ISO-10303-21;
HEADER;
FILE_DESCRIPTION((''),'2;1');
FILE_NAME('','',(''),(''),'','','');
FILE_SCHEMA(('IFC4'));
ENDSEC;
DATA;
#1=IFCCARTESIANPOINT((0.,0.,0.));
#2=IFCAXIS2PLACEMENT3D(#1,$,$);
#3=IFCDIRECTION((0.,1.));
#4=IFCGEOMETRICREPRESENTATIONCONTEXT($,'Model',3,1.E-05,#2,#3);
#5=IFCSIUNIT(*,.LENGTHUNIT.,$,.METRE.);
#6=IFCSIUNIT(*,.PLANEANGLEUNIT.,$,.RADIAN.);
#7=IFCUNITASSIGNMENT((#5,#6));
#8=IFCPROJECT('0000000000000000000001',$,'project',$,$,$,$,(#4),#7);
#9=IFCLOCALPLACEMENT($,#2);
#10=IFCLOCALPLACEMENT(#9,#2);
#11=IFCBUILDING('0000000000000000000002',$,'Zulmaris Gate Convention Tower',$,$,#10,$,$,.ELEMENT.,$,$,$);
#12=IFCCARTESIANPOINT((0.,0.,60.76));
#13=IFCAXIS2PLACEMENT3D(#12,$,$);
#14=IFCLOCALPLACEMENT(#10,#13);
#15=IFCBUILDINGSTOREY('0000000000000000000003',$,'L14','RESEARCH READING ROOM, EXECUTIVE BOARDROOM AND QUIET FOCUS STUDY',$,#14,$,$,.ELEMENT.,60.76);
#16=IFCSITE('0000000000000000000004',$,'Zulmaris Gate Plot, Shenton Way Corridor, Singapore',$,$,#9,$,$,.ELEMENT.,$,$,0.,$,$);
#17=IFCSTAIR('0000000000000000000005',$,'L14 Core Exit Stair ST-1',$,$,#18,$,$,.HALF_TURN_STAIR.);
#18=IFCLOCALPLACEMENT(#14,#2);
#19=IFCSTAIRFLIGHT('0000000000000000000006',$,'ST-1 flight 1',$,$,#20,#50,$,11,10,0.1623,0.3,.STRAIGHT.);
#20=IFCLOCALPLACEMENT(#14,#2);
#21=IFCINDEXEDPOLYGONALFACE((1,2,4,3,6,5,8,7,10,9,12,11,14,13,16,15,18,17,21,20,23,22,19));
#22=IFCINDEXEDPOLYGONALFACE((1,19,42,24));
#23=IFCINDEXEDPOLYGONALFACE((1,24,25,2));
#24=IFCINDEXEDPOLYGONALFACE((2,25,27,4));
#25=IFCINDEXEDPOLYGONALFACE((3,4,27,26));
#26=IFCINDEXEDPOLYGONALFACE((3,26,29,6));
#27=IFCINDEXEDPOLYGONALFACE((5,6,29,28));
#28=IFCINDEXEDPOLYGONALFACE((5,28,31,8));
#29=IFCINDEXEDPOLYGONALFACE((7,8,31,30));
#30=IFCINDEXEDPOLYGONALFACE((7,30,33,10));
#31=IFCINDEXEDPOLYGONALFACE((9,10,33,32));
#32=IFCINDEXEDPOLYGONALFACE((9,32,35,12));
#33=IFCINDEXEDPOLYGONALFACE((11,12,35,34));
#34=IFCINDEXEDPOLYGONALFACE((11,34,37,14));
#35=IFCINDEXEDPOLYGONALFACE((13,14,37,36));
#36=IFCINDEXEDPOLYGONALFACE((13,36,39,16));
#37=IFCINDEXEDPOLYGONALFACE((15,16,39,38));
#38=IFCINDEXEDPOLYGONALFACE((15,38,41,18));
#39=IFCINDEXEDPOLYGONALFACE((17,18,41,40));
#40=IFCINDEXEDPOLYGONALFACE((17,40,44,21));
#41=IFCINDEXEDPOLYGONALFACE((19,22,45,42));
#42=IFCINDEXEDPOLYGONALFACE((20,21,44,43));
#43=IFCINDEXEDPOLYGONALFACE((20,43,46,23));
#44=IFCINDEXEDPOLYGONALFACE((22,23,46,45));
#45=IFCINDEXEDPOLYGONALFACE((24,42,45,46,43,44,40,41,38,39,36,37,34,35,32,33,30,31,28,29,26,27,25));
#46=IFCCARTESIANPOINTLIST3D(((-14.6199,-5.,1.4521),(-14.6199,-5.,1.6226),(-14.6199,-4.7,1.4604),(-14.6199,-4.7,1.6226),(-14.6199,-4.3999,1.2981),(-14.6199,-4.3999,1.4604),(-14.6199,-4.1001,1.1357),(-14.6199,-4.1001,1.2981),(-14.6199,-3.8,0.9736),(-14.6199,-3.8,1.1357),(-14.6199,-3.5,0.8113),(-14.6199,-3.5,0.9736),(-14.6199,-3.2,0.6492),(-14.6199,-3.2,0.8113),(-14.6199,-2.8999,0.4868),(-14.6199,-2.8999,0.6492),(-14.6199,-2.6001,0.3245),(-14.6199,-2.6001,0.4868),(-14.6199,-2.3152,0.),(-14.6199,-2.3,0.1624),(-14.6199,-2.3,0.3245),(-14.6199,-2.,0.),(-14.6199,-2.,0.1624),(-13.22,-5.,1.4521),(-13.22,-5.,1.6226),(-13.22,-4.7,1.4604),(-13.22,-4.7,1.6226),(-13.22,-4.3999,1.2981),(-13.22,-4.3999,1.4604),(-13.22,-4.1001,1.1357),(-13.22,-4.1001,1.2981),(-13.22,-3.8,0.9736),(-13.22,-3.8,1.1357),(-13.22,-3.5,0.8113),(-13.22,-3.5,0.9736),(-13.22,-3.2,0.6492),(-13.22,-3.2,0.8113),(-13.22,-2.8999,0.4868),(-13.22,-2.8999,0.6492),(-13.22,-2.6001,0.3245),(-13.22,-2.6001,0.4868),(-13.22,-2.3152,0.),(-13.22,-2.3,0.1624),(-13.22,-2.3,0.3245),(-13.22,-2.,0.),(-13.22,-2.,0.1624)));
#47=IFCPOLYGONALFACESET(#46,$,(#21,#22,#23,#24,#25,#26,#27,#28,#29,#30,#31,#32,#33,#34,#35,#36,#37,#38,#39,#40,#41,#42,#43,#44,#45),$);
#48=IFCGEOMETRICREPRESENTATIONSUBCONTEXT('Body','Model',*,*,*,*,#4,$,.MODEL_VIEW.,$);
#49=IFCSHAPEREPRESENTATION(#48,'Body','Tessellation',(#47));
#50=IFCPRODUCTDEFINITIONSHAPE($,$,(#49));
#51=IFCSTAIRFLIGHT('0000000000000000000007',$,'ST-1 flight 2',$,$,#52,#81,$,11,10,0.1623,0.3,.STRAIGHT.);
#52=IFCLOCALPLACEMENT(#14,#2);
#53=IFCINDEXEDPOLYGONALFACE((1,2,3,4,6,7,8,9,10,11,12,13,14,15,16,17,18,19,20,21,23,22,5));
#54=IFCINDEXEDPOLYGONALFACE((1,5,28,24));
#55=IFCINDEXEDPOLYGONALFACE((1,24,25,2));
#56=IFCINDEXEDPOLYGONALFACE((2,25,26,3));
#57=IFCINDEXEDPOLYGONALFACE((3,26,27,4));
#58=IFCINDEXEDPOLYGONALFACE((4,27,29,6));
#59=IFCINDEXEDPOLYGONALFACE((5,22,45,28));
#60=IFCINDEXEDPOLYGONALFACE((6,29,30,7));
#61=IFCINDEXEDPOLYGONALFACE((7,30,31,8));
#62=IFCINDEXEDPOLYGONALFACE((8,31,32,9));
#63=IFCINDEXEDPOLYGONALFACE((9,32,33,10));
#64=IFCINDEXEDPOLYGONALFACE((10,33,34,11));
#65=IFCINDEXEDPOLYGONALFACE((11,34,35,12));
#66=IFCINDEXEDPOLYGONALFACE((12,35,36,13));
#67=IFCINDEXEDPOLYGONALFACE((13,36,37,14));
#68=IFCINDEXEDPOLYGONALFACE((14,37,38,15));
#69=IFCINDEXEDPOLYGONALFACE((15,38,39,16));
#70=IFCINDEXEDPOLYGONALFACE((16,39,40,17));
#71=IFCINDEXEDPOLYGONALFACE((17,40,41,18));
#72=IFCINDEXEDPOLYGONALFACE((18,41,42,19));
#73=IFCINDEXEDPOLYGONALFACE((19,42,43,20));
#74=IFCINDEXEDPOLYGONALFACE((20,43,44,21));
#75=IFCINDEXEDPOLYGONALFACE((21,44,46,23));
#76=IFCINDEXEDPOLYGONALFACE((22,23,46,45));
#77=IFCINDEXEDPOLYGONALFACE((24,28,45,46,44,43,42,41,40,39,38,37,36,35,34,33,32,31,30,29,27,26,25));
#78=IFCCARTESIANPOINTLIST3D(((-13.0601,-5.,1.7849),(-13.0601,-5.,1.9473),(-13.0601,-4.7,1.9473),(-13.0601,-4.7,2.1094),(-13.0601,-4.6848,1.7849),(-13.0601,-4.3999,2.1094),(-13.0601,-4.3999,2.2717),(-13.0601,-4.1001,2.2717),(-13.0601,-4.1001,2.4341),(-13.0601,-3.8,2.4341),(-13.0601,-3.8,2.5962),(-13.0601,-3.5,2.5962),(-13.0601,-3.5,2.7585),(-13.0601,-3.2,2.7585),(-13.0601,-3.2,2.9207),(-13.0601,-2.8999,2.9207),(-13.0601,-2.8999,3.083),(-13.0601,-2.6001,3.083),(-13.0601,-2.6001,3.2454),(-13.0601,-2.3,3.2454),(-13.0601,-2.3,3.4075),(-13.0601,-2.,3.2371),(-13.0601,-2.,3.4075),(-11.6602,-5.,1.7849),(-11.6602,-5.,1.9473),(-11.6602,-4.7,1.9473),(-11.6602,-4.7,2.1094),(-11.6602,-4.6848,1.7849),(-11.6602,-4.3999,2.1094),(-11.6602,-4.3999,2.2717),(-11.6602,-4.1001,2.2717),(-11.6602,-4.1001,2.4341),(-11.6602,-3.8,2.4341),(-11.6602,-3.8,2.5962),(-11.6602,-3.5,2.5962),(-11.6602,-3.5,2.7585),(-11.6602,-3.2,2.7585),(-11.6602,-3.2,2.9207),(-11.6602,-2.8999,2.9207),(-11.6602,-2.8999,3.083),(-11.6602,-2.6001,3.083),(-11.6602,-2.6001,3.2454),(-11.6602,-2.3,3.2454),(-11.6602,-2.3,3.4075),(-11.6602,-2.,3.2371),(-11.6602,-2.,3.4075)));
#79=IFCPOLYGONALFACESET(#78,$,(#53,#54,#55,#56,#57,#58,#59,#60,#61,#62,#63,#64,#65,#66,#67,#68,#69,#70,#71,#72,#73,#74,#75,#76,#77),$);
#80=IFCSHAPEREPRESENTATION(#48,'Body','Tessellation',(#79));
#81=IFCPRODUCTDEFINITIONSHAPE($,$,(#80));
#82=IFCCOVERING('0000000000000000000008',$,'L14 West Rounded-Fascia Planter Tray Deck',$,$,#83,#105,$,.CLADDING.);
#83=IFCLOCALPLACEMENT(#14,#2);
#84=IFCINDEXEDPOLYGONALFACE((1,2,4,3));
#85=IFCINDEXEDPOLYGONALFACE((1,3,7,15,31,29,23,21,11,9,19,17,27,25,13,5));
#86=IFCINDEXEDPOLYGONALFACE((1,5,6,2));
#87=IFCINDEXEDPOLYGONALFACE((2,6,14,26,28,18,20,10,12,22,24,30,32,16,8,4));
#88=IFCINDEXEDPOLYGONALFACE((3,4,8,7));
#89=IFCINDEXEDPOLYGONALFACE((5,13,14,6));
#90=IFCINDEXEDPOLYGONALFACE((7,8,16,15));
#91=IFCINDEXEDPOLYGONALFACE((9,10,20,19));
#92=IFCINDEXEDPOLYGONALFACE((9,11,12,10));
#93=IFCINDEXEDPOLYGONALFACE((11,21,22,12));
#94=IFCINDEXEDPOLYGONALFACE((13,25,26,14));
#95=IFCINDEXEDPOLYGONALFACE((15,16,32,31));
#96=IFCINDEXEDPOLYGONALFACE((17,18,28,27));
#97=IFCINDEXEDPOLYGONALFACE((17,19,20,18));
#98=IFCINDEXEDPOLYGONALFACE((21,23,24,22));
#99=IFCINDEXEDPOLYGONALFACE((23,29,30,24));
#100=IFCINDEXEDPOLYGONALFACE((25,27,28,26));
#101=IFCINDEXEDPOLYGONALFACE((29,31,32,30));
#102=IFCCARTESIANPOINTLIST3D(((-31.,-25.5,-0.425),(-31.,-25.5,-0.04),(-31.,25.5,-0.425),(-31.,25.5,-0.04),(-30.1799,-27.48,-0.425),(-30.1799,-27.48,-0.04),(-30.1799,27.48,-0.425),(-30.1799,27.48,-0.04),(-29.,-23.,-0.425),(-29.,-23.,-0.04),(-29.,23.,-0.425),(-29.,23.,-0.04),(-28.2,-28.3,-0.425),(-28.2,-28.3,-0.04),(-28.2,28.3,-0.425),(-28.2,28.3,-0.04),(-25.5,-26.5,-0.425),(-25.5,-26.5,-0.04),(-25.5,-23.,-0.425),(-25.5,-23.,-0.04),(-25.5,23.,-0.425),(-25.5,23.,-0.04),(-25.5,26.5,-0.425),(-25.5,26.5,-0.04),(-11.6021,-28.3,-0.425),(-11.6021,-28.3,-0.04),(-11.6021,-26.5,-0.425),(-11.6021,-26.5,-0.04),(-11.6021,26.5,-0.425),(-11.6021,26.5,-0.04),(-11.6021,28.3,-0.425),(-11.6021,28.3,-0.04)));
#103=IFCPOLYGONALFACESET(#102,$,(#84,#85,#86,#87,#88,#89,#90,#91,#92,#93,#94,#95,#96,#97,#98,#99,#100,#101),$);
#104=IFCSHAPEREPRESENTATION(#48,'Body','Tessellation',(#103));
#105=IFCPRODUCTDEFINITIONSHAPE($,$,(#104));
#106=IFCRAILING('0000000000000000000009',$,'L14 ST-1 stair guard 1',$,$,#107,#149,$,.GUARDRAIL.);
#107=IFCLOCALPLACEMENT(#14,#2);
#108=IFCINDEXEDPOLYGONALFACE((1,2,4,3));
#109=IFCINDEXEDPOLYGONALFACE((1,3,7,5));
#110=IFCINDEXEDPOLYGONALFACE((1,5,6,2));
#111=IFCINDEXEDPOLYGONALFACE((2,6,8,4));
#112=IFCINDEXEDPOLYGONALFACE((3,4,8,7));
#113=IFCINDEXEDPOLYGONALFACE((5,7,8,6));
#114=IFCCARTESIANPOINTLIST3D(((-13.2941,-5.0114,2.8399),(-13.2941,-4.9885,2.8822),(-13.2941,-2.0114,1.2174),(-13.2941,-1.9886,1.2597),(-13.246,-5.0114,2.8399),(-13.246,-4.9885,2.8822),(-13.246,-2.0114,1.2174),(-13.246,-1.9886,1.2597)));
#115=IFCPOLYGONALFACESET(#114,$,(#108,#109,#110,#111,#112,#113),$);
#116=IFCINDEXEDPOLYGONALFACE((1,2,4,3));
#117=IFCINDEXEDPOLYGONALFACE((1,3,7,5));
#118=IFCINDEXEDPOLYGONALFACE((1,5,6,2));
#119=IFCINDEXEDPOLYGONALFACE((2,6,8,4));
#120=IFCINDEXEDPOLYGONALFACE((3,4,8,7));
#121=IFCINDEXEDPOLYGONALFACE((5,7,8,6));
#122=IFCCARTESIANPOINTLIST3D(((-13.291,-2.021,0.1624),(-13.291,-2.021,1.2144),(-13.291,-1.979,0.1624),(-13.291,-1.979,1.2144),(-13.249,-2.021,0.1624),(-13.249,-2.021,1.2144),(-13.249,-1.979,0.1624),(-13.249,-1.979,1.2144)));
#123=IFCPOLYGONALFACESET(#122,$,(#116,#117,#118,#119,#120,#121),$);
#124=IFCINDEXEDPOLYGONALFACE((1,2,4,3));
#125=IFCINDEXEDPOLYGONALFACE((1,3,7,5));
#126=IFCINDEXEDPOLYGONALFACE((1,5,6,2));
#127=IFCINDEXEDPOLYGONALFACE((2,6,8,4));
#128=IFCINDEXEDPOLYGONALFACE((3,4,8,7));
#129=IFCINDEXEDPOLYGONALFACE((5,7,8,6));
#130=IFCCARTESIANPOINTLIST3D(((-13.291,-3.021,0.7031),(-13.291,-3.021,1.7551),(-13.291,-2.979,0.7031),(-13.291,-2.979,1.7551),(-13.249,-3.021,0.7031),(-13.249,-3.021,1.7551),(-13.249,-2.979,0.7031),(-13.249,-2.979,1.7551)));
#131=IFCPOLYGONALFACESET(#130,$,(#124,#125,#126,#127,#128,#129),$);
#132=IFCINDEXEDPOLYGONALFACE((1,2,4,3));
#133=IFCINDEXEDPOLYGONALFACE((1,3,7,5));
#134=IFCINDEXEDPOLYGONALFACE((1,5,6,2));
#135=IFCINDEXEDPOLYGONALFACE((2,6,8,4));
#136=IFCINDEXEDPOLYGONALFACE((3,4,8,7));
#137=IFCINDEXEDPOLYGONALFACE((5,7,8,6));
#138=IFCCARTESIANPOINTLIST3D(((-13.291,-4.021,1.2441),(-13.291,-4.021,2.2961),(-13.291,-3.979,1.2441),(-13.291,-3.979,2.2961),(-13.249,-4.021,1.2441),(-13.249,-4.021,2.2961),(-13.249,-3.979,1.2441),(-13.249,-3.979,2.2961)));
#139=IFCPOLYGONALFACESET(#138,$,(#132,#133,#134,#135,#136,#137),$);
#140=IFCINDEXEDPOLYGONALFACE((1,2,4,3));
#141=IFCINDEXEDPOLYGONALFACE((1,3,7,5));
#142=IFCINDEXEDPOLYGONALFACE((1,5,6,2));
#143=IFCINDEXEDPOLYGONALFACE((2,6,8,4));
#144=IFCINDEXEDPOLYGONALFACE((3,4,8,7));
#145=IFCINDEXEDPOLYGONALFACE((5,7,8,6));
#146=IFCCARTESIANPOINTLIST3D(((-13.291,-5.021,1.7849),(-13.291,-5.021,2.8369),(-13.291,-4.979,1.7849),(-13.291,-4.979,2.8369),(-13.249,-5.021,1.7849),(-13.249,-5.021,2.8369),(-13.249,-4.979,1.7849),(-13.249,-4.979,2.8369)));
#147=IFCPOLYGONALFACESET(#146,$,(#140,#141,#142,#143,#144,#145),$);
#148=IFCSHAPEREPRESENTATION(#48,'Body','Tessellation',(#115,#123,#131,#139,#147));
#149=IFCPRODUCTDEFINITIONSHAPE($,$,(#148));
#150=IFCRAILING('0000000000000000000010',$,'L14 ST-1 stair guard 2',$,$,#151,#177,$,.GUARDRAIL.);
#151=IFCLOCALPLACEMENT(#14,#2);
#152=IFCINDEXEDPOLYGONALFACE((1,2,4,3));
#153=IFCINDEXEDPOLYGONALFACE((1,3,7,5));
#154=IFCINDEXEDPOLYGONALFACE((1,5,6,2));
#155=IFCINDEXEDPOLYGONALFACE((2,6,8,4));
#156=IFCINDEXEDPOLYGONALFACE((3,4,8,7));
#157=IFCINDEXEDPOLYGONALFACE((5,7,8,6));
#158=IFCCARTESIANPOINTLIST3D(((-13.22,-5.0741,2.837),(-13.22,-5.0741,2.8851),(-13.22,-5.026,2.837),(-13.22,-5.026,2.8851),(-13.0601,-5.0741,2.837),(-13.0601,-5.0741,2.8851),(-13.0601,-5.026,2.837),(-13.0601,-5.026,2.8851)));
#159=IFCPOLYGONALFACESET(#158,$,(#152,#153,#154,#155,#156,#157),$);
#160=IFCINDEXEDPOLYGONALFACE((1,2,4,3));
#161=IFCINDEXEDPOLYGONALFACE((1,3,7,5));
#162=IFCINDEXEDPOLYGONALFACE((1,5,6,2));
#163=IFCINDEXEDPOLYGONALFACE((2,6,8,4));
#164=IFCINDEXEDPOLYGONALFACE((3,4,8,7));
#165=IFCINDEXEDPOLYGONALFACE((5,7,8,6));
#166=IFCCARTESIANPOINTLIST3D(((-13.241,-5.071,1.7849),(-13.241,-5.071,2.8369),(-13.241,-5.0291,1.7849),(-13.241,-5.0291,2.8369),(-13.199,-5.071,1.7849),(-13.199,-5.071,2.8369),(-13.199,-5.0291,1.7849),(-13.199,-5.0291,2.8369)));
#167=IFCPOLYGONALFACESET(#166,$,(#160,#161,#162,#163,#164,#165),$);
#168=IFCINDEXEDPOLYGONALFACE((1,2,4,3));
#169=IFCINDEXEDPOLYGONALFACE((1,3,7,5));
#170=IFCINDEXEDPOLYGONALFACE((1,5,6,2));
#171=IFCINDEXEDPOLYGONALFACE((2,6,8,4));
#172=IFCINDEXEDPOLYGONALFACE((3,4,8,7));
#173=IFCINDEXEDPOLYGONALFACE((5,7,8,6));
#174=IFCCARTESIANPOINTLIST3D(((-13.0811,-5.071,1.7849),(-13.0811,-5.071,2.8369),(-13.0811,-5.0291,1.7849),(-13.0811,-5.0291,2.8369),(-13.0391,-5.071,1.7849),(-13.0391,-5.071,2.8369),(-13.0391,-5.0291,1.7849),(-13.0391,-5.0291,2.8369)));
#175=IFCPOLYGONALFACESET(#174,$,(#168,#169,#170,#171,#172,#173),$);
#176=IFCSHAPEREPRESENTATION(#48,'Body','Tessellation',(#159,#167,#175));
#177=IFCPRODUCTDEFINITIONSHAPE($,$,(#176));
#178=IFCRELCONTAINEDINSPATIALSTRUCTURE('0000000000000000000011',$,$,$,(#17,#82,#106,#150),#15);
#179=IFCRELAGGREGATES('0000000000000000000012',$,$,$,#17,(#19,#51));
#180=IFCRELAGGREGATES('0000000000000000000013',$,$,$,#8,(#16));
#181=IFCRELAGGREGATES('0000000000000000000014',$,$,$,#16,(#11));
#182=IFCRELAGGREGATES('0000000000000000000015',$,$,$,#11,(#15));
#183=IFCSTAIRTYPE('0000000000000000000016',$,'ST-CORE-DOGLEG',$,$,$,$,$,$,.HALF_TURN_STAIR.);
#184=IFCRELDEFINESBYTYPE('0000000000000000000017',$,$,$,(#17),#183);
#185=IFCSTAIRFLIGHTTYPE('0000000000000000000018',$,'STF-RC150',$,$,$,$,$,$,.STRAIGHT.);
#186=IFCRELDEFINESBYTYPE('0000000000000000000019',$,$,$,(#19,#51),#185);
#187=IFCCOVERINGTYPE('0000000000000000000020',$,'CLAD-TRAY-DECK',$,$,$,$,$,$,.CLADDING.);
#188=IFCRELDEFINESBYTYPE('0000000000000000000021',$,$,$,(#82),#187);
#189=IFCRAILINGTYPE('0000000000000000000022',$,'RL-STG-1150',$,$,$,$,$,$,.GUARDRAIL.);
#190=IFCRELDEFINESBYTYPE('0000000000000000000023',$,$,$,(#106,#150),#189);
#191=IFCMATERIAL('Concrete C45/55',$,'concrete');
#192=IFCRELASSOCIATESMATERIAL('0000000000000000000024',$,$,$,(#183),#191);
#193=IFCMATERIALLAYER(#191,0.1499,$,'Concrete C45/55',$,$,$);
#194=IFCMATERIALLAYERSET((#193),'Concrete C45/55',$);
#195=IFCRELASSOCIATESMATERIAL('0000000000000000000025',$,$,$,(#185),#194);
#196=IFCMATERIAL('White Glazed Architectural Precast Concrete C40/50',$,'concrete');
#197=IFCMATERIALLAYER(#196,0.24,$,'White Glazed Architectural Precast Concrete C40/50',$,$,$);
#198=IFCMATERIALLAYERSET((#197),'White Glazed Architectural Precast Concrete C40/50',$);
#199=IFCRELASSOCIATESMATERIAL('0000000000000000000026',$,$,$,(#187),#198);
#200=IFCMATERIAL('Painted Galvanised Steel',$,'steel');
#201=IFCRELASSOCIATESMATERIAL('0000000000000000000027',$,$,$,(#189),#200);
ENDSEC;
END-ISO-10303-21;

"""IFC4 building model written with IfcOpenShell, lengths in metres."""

from ifc_helpers import new_model, si_unit, direction, frame, origin, origin_2d, place, context, subcontext, project, spatial, polyline, rectangle, outline, extrude, material, layer, layer_set, type_object, element, aggregate, save


model = new_model("IFC4")

# Units and contexts
model_context = context("Model", 3, precision=1e-05, world=origin(), true_north=direction((0.0, 1.0)))
body_context = subcontext(model_context, "Body", "Model", "MODEL_VIEW")
ifc_project = project(units=[si_unit("LENGTHUNIT", "METRE"), si_unit("PLANEANGLEUNIT", "RADIAN")], contexts=[model_context])

# Site, building, storey
site_placement = place(None, origin())
site = spatial("IfcSite", under=ifc_project, at=site_placement, Name="Zulmaris Gate Plot, Shenton Way Corridor, Singapore", CompositionType="ELEMENT", RefElevation=0.0)
building_placement = place(site_placement, origin())
building = spatial("IfcBuilding", under=site, at=building_placement, Name="Zulmaris Gate Convention Tower", CompositionType="ELEMENT")
storey_placement = place(building_placement, frame((0.0, 0.0, 60.76)))
storey = spatial("IfcBuildingStorey", under=building, at=storey_placement, Name="L14", Description="RESEARCH READING ROOM, EXECUTIVE BOARDROOM AND QUIET FOCUS STUDY", CompositionType="ELEMENT", Elevation=60.76)

# Stair, stair flights
ifc_material_1 = material(Name="Concrete C45/55", Category="concrete")
stair_type = type_object("IfcStairType", Name="ST-CORE-DOGLEG", PredefinedType="HALF_TURN_STAIR", material=ifc_material_1)
stair_placement = place(storey_placement, origin())
stair = element("IfcStair", 1, at=stair_placement, inside=storey, type_object=stair_type, Name="L14 Core Exit Stair ST-1", PredefinedType="HALF_TURN_STAIR")
ifc_layer_1 = layer(ifc_material_1, 0.1499, Name="Concrete C45/55")
ifc_layer_set_1 = layer_set([ifc_layer_1], Name="Concrete C45/55")
stair_flight_type = type_object("IfcStairFlightType", Name="STF-RC150", PredefinedType="STRAIGHT", material=ifc_layer_set_1)
stair_flight_1_placement = place(storey_placement, frame((-13.9199, -2.0, 0.0), z_axis=(0.0, 0.0, 1.0), x_axis=(0.0, -1.0, 0.0)))
stair_flight_1 = element("IfcStairFlight", 2, at=stair_flight_1_placement, type_object=stair_flight_type, Name="ST-1 flight 1", NumberOfRisers=11, NumberOfTreads=10, PredefinedType="STRAIGHT", RiserHeight=0.1623, TreadLength=0.3, context=body_context, shape_type="SweptSolid", body=[
    extrude(outline(polyline([(0.0, 0.0), (0.0, 0.1624), (0.3, 0.1624), (0.3, 0.3245), (0.6001, 0.3245), (0.6001, 0.4868), (0.8999, 0.4868), (0.8999, 0.6492), (1.2, 0.6492), (1.2, 0.8113), (1.5, 0.8113), (1.5, 0.9736), (1.8, 0.9736), (1.8, 1.1357), (2.1001, 1.1357), (2.1001, 1.2981), (2.3999, 1.2981), (2.3999, 1.4604), (2.7, 1.4604), (2.7, 1.6226), (3.0, 1.6226), (3.0, 1.7849), (3.0, 1.4521), (0.3152, 0.0), (0.0, 0.0)])), frame((0.0, 0.7, 0.0), z_axis=(0.0, -1.0, 0.0), x_axis=(1.0, 0.0, 0.0)), (0.0, 0.0, 1.0), 1.3999),
])
stair_flight_2_placement = place(storey_placement, frame((-12.3601, -5.0, 1.7849), z_axis=(0.0, 0.0, 1.0), x_axis=(0.0, 1.0, 0.0)))
stair_flight_2 = element("IfcStairFlight", 3, at=stair_flight_2_placement, type_object=stair_flight_type, Name="ST-1 flight 2", NumberOfRisers=11, NumberOfTreads=10, PredefinedType="STRAIGHT", RiserHeight=0.1623, TreadLength=0.3, context=body_context, shape_type="SweptSolid", body=[
    extrude(outline(polyline([(0.0, 0.0), (0.0, 0.1624), (0.3, 0.1624), (0.3, 0.3245), (0.6001, 0.3245), (0.6001, 0.4868), (0.8999, 0.4868), (0.8999, 0.6492), (1.2, 0.6492), (1.2, 0.8113), (1.5, 0.8113), (1.5, 0.9736), (1.8, 0.9736), (1.8, 1.1357), (2.1001, 1.1357), (2.1001, 1.2981), (2.3999, 1.2981), (2.3999, 1.4604), (2.7, 1.4604), (2.7, 1.6226), (3.0, 1.6226), (3.0, 1.7849), (3.0, 1.4521), (0.3152, 0.0), (0.0, 0.0)])), frame((0.0, 0.7, 0.0), z_axis=(0.0, -1.0, 0.0), x_axis=(1.0, 0.0, 0.0)), (0.0, 0.0, 1.0), 1.3999),
])
aggregate(stair, [stair_flight_1, stair_flight_2])

# Covering
ifc_material_2 = material(Name="White Glazed Architectural Precast Concrete C40/50", Category="concrete")
ifc_layer_2 = layer(ifc_material_2, 0.24, Name="White Glazed Architectural Precast Concrete C40/50")
ifc_layer_set_2 = layer_set([ifc_layer_2], Name="White Glazed Architectural Precast Concrete C40/50")
covering_type = type_object("IfcCoveringType", Name="CLAD-TRAY-DECK", PredefinedType="CLADDING", material=ifc_layer_set_2)
covering_placement = place(storey_placement, frame((0.0, 0.0, -0.425)))
element("IfcCovering", 4, at=covering_placement, inside=storey, type_object=covering_type, Name="L14 West Rounded-Fascia Planter Tray Deck", PredefinedType="CLADDING", context=body_context, shape_type="SweptSolid", body=[
    extrude(outline(polyline([(-31.0, 25.5), (-30.1799, 27.48), (-28.2, 28.3), (-11.6021, 28.3), (-11.6021, 26.5), (-25.5, 26.5), (-25.5, 23.0), (-29.0, 23.0), (-29.0, -23.0), (-25.5, -23.0), (-25.5, -26.5), (-11.6021, -26.5), (-11.6021, -28.3), (-28.2, -28.3), (-30.1799, -27.48), (-31.0, -25.5), (-31.0, 25.5)])), origin(), (0.0, 0.0, 1.0), 0.385),
])

# Railings
ifc_material_3 = material(Name="Painted Galvanised Steel", Category="steel")
railing_type_1 = type_object("IfcRailingType", Name="RL-STG-1150", PredefinedType="GUARDRAIL", material=ifc_material_3)
railing_1_placement = place(storey_placement, frame((-13.27, -2.0, 0.1624)))
element("IfcRailing", 5, at=railing_1_placement, inside=storey, type_object=railing_type_1, Name="L14 ST-1 stair guard 1", PredefinedType="GUARDRAIL", context=body_context, shape_type="SweptSolid", body=[
    extrude(rectangle(XDim=0.0481, YDim=0.0481, at=origin_2d()), frame((0.0, 0.0, 1.0762), z_axis=(0.0, -0.879592, 0.47573), x_axis=(1.0, 0.0, 0.0)), (0.0, 0.0, 1.0), 3.4106),
    extrude(rectangle(XDim=0.042, YDim=0.042, at=origin_2d()), origin(), (0.0, 0.0, 1.0), 1.052),
    extrude(rectangle(XDim=0.042, YDim=0.042, at=origin_2d()), frame((0.0, -1.0, 0.5408)), (0.0, 0.0, 1.0), 1.052),
    extrude(rectangle(XDim=0.042, YDim=0.042, at=origin_2d()), frame((0.0, -2.0, 1.0818)), (0.0, 0.0, 1.0), 1.052),
    extrude(rectangle(XDim=0.042, YDim=0.042, at=origin_2d()), frame((0.0, -3.0, 1.6226)), (0.0, 0.0, 1.0), 1.052),
])
railing_2_placement = place(storey_placement, frame((-13.22, -5.05, 1.7849)))
element("IfcRailing", 6, at=railing_2_placement, inside=storey, type_object=railing_type_1, Name="L14 ST-1 stair guard 2", PredefinedType="GUARDRAIL", context=body_context, shape_type="SweptSolid", body=[
    extrude(rectangle(XDim=0.0481, YDim=0.0481, at=origin_2d()), frame((0.0, 0.0, 1.0762), z_axis=(1.0, 0.0, 0.0), x_axis=(0.0, 1.0, 0.0)), (0.0, 0.0, 1.0), 0.1599),
    extrude(rectangle(XDim=0.042, YDim=0.042, at=origin_2d()), origin(), (0.0, 0.0, 1.0), 1.052),
    extrude(rectangle(XDim=0.042, YDim=0.042, at=origin_2d()), frame((0.1599, 0.0, 0.0)), (0.0, 0.0, 1.0), 1.052),
])

save(model, "model.ifc")
